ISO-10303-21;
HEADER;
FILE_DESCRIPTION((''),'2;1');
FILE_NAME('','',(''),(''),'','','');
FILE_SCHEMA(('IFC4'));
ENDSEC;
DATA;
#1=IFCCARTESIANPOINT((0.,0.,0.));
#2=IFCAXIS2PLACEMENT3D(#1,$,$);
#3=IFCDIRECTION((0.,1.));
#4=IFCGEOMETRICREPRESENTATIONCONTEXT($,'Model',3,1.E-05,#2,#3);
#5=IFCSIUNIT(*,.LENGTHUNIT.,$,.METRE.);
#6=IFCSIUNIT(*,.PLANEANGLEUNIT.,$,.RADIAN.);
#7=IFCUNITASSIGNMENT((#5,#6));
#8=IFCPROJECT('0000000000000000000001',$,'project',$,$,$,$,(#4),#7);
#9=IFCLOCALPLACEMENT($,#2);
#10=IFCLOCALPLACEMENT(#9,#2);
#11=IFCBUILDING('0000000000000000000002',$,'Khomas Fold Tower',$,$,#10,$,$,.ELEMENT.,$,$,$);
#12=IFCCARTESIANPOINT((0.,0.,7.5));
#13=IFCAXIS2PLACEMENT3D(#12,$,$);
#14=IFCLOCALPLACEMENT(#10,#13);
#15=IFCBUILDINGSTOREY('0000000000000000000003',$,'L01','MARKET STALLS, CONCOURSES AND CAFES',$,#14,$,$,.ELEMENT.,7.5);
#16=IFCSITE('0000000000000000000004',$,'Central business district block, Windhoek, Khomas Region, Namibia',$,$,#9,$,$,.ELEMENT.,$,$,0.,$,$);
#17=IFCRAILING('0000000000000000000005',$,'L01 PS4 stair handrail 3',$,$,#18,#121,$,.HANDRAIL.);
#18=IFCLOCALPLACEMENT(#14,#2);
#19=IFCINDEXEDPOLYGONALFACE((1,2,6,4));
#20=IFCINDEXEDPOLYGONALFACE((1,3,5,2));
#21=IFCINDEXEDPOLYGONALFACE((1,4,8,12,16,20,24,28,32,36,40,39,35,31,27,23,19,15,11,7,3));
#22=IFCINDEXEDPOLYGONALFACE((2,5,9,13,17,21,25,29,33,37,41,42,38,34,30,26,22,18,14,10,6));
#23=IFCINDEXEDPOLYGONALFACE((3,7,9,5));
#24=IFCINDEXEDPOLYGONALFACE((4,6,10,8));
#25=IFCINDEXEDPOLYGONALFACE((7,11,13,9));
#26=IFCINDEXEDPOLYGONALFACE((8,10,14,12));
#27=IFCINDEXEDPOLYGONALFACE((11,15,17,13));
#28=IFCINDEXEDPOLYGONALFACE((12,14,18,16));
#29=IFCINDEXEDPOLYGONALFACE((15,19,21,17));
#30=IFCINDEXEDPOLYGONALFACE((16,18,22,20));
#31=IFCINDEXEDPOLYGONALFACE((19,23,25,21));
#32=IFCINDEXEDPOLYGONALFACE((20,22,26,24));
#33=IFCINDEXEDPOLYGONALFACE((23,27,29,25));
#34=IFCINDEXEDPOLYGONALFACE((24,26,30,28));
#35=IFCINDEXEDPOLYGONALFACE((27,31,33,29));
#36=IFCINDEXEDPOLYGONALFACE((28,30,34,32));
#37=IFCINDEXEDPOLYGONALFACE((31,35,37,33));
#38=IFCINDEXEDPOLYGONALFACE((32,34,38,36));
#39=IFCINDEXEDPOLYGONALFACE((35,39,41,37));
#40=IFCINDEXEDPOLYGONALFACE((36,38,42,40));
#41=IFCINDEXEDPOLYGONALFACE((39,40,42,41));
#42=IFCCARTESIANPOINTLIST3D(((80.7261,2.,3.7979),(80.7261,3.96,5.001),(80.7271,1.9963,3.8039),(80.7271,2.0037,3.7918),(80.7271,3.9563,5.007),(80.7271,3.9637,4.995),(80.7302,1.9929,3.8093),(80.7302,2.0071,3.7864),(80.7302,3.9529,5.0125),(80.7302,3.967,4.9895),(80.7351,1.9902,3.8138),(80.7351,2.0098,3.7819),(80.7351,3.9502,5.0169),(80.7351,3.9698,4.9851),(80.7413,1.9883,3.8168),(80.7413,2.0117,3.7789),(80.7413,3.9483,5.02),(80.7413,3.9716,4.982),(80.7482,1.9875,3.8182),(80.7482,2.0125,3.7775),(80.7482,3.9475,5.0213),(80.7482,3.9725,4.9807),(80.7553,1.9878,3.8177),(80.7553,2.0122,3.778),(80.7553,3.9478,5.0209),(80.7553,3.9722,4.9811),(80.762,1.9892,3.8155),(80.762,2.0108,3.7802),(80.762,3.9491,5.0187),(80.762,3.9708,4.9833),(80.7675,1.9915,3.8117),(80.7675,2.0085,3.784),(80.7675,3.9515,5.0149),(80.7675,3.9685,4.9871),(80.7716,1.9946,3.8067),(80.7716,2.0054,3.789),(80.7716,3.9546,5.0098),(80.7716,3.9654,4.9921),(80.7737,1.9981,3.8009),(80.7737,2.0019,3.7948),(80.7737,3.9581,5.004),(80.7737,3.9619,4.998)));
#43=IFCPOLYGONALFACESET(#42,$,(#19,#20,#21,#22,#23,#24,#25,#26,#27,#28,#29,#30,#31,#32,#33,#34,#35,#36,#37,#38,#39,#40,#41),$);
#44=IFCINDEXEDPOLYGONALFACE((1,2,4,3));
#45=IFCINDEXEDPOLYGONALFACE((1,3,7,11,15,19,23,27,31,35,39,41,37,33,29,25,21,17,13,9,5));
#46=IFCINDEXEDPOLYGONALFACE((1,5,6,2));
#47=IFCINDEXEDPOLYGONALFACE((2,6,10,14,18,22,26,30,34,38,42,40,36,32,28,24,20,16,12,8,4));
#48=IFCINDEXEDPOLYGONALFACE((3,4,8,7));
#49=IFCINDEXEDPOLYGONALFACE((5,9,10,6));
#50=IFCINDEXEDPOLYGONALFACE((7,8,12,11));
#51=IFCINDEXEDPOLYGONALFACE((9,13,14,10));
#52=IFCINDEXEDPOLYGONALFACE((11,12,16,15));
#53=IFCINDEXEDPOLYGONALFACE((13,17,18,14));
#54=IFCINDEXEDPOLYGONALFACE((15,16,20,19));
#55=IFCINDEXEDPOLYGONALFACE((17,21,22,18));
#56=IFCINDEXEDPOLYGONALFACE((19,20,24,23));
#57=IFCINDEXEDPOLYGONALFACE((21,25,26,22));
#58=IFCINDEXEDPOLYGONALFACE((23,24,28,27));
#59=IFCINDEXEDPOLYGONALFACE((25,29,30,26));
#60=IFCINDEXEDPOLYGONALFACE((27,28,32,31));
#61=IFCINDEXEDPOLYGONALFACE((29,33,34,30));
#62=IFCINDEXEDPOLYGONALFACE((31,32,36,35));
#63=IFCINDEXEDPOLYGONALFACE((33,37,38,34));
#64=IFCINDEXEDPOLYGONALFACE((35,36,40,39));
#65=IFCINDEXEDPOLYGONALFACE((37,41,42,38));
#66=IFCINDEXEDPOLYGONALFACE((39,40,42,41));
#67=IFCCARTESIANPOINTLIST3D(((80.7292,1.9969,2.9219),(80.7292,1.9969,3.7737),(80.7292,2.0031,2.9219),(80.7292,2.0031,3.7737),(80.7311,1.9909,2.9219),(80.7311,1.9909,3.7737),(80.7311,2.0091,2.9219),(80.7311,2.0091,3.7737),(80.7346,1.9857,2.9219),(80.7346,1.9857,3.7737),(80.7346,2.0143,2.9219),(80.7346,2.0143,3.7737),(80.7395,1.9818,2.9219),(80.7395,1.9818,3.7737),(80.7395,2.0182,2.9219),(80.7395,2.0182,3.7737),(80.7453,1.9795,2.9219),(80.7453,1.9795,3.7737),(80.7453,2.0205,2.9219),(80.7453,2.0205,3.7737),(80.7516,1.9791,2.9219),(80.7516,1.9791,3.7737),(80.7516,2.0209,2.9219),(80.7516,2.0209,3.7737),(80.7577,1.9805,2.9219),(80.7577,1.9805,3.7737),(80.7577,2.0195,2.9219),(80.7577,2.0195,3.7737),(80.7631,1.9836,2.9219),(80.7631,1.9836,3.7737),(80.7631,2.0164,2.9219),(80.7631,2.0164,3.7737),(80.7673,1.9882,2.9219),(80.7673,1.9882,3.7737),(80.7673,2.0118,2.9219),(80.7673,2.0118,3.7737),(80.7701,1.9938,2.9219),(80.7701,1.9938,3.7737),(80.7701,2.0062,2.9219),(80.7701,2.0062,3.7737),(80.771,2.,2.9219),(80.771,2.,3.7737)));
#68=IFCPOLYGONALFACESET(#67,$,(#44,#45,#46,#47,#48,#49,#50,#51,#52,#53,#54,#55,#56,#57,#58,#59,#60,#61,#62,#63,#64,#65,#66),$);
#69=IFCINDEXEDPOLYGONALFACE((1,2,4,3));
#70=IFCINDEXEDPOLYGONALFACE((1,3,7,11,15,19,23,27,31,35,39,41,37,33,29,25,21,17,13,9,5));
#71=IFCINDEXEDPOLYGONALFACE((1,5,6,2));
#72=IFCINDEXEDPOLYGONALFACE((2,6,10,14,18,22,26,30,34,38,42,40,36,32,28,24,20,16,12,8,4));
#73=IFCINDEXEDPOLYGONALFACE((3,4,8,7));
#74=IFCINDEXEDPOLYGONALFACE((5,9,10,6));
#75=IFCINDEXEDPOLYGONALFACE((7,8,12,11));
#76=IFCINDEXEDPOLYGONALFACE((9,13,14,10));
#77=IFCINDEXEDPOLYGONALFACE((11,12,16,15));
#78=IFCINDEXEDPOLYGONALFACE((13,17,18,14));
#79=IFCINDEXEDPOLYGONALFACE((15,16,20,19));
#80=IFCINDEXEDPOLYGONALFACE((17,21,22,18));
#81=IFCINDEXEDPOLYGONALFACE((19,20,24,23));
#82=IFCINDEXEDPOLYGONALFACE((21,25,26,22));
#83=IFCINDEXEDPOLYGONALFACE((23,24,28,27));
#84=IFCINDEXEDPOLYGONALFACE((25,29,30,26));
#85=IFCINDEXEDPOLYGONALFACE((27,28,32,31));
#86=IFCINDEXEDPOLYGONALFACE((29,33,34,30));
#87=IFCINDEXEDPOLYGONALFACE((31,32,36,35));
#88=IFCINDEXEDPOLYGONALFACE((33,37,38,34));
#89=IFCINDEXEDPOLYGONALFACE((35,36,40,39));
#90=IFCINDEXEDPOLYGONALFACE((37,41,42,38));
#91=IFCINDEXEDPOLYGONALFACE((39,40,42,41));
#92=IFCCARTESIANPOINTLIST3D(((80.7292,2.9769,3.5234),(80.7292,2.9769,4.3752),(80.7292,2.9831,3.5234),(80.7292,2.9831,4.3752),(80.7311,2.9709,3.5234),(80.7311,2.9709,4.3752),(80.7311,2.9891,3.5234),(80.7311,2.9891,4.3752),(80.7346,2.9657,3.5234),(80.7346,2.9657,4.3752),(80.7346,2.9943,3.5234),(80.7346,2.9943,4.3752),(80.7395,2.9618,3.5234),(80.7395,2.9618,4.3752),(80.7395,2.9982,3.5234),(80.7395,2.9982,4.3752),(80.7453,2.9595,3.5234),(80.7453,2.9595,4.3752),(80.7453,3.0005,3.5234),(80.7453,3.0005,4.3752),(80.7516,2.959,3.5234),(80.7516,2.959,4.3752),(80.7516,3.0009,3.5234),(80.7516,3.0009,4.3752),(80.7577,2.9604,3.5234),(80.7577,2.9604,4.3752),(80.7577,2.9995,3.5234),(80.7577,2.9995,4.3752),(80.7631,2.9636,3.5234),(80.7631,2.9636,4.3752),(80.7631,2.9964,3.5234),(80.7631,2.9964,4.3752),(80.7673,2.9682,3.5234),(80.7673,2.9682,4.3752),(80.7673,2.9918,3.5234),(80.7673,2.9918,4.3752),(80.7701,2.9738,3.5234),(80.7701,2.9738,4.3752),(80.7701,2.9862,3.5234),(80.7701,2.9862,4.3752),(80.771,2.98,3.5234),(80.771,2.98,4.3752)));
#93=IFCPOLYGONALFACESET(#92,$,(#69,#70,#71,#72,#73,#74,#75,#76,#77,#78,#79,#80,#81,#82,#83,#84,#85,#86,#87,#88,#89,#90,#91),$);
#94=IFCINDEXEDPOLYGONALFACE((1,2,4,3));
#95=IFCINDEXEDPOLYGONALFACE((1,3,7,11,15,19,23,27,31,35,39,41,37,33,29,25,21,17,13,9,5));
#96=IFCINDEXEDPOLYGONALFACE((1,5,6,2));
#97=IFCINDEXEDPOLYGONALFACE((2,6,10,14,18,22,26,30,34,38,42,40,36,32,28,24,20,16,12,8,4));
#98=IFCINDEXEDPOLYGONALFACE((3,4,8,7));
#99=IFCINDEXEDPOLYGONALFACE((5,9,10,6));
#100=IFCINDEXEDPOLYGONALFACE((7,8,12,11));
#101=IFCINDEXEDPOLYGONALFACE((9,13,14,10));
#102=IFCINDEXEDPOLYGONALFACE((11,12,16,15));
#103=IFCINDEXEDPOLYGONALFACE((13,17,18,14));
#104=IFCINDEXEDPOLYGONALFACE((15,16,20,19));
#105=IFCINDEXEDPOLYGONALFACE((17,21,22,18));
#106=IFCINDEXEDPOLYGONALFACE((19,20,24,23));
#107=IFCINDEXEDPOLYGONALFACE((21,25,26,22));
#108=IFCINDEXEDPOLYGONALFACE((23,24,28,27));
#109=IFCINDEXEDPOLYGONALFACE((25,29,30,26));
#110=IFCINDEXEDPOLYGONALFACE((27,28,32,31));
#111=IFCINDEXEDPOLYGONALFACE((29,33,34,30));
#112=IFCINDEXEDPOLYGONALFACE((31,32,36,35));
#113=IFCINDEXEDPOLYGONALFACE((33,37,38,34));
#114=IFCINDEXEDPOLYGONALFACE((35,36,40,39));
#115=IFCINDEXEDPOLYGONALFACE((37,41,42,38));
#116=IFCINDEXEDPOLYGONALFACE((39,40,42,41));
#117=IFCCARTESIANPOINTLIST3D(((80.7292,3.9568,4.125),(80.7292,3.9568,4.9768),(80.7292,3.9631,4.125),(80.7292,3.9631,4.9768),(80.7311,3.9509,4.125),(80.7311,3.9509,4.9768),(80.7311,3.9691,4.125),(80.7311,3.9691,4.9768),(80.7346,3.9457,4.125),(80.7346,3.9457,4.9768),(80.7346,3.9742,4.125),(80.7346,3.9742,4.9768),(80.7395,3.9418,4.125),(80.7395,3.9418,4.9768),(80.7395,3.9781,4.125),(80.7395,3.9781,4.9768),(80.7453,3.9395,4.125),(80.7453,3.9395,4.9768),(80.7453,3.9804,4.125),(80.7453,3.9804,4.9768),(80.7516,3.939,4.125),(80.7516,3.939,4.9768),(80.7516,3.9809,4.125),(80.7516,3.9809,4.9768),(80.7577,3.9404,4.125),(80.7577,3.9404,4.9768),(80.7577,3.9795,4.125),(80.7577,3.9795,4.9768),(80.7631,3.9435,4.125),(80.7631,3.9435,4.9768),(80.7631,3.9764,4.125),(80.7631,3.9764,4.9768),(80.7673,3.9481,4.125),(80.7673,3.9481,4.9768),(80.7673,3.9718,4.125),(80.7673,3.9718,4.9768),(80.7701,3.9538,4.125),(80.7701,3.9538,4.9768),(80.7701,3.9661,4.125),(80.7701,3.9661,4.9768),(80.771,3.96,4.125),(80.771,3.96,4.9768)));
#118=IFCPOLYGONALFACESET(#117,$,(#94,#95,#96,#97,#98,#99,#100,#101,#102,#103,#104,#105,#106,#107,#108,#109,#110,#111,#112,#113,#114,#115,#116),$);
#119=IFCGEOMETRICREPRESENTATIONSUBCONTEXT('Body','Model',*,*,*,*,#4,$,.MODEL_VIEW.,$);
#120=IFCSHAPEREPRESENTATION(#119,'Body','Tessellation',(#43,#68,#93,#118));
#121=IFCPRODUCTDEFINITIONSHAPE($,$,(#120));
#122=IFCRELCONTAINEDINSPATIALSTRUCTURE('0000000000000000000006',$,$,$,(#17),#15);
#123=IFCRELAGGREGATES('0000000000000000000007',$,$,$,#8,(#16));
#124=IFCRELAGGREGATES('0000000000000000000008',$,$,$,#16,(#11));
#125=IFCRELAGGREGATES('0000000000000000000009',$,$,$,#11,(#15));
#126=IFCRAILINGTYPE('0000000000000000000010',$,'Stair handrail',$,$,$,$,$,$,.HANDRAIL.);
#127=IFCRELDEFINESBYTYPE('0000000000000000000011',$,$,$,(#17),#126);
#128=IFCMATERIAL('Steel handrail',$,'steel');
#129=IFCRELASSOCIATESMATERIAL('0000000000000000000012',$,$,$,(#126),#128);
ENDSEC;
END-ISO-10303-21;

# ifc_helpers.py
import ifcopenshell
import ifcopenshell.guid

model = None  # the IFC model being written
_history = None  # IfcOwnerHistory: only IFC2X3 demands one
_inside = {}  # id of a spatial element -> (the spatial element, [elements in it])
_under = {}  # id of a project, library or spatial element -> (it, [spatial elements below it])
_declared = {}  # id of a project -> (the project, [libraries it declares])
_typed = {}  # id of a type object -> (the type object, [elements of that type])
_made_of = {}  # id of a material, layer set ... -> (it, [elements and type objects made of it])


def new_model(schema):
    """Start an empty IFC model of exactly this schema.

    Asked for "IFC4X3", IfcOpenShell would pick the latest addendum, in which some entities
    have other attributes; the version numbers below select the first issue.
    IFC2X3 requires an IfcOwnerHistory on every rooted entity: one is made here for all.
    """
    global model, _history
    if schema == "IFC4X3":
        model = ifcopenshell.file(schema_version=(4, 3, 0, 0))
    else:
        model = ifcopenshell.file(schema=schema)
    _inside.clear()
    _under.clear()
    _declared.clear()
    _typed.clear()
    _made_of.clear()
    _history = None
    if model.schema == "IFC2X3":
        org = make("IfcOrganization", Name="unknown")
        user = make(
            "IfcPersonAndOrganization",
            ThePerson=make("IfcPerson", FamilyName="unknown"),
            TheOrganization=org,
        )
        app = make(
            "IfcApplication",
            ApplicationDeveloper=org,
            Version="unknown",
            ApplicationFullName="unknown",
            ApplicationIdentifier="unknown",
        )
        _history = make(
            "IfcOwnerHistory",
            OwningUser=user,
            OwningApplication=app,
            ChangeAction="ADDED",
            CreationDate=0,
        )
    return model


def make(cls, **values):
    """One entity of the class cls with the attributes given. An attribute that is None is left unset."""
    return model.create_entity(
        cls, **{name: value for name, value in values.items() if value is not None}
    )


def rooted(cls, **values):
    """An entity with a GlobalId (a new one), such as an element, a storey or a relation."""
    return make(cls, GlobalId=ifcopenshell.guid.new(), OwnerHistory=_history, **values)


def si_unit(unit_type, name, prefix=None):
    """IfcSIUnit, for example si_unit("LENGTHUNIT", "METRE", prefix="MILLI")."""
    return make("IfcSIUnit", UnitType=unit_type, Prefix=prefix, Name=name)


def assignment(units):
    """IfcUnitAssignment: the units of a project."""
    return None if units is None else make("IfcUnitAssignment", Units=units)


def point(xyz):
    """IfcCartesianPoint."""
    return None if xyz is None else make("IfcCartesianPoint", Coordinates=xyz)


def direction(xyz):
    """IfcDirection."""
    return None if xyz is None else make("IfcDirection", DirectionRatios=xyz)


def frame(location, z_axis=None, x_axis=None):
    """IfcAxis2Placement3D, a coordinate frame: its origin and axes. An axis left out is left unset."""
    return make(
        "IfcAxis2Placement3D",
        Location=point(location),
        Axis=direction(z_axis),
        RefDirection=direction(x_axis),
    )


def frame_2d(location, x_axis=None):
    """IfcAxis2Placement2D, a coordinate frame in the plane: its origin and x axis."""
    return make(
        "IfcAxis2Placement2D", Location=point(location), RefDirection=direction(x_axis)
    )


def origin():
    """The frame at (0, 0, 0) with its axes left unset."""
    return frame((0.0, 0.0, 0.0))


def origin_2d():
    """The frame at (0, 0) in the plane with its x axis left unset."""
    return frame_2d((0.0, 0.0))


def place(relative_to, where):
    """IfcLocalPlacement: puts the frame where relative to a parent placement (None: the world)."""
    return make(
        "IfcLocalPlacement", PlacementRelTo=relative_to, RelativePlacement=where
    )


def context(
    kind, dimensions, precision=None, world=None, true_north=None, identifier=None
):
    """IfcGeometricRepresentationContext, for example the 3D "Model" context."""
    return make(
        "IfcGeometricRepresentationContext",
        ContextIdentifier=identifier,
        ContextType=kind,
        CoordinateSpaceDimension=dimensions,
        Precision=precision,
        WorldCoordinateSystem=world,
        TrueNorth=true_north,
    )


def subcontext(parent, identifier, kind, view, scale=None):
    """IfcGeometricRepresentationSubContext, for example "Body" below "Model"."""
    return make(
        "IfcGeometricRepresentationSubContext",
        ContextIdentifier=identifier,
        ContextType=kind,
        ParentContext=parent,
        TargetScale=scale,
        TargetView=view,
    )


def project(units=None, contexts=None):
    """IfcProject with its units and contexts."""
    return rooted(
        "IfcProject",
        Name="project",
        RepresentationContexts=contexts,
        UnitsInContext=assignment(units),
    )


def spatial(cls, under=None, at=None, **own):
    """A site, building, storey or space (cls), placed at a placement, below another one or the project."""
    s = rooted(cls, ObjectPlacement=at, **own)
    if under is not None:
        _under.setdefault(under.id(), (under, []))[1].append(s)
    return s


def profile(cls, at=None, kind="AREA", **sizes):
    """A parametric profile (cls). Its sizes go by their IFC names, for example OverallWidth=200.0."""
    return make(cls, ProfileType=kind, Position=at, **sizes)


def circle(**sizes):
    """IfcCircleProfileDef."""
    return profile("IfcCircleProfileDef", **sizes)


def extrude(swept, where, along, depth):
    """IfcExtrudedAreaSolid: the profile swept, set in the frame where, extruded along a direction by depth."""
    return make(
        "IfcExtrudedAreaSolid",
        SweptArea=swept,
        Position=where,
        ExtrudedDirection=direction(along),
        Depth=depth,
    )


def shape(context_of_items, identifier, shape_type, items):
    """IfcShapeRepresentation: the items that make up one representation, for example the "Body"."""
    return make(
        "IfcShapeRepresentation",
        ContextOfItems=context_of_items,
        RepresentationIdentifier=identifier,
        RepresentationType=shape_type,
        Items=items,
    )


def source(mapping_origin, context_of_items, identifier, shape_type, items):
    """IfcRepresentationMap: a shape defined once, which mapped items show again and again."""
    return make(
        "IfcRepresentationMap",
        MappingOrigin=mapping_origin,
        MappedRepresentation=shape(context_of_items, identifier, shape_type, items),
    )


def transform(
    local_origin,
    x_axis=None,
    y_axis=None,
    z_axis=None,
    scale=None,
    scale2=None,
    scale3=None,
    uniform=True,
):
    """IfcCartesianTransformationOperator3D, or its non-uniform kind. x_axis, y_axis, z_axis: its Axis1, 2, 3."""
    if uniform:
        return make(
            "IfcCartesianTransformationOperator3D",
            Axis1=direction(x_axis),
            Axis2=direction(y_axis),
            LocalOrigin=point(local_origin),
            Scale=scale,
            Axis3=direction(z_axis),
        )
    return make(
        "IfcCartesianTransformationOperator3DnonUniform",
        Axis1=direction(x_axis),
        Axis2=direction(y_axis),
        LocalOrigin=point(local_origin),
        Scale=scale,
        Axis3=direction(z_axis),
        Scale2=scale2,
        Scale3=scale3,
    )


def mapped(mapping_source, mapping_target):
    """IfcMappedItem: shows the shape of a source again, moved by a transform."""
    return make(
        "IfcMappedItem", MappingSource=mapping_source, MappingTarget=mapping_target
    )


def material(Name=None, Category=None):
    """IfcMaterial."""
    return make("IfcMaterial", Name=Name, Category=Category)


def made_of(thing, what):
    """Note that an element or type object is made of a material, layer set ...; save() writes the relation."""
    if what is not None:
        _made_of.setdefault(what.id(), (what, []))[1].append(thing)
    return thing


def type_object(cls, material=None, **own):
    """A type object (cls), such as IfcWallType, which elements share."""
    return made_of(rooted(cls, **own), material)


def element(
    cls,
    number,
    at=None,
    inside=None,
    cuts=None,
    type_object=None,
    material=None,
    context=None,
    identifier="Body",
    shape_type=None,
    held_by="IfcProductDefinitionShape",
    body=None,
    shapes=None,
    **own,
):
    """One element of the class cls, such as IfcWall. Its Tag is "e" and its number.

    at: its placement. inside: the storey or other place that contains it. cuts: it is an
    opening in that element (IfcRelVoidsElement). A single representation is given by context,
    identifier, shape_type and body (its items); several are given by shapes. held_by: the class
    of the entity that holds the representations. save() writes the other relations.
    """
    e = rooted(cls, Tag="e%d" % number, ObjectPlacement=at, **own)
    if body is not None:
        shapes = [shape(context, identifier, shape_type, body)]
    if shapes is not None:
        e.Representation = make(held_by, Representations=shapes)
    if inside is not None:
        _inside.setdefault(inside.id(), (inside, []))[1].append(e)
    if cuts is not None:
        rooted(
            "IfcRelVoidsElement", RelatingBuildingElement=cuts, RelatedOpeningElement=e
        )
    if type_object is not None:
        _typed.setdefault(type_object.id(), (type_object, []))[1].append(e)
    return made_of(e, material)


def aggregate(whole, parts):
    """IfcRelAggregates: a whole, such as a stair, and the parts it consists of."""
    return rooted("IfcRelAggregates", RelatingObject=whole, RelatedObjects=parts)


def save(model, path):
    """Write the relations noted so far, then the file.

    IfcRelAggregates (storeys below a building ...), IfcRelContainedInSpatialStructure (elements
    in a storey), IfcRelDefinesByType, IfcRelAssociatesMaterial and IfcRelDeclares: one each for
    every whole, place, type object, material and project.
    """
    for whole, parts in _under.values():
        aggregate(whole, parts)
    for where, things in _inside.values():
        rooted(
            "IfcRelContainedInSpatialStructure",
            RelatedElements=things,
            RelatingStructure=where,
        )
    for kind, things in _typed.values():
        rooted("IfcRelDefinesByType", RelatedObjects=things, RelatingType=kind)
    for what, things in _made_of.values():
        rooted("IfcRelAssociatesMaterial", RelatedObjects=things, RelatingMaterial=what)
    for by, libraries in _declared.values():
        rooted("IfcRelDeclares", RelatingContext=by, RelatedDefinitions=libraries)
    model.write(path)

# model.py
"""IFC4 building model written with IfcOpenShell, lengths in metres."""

from ifc_helpers import new_model, si_unit, direction, frame, origin, origin_2d, place, context, subcontext, project, spatial, circle, extrude, source, transform, mapped, material, type_object, element, save


model = new_model("IFC4")

# Units and contexts
model_context = context("Model", 3, precision=1e-05, world=origin(), true_north=direction((0.0, 1.0)))
body_context = subcontext(model_context, "Body", "Model", "MODEL_VIEW")
ifc_project = project(units=[si_unit("LENGTHUNIT", "METRE"), si_unit("PLANEANGLEUNIT", "RADIAN")], contexts=[model_context])

# Site, building, storey
site_placement = place(None, origin())
site = spatial("IfcSite", under=ifc_project, at=site_placement, Name="Central business district block, Windhoek, Khomas Region, Namibia", CompositionType="ELEMENT", RefElevation=0.0)
building_placement = place(site_placement, origin())
building = spatial("IfcBuilding", under=site, at=building_placement, Name="Khomas Fold Tower", CompositionType="ELEMENT")
storey_placement = place(building_placement, frame((0.0, 0.0, 7.5)))
storey = spatial("IfcBuildingStorey", under=building, at=storey_placement, Name="L01", Description="MARKET STALLS, CONCOURSES AND CAFES", CompositionType="ELEMENT", Elevation=7.5)

# Railing
ifc_material_1 = material(Name="Steel handrail", Category="steel")
railing_type_1 = type_object("IfcRailingType", Name="Stair handrail", PredefinedType="HANDRAIL", material=ifc_material_1)
shared_shape_1 = source(origin(), body_context, "Body", "SweptSolid", [
    extrude(circle(Radius=0.0239, at=origin_2d()), frame((0.0, 0.0, 0.876), z_axis=(0.0, 0.852241, 0.523149), x_axis=(-1.0, 0.0, 0.0)), (0.0, 0.0, 1.0), 2.2998),
    extrude(circle(Radius=0.021, at=origin_2d()), origin(), (0.0, 0.0, 1.0), 0.8518),
    extrude(circle(Radius=0.021, at=origin_2d()), frame((0.0, 0.98, 0.6016)), (0.0, 0.0, 1.0), 0.8518),
    extrude(circle(Radius=0.021, at=origin_2d()), frame((0.0, 1.96, 1.2031)), (0.0, 0.0, 1.0), 0.8518),
])
for number, where, name in (
    (1, (80.75, 2.0, 2.9219), "L01 PS4 stair handrail 3"),
):
    element("IfcRailing", number, at=place(storey_placement, frame(where)), inside=storey, type_object=railing_type_1, Name=name, PredefinedType="HANDRAIL", context=body_context, shape_type="MappedRepresentation", body=[
        mapped(shared_shape_1, transform((0.0, 0.0, 0.0))),
    ])

save(model, "model.ifc")
